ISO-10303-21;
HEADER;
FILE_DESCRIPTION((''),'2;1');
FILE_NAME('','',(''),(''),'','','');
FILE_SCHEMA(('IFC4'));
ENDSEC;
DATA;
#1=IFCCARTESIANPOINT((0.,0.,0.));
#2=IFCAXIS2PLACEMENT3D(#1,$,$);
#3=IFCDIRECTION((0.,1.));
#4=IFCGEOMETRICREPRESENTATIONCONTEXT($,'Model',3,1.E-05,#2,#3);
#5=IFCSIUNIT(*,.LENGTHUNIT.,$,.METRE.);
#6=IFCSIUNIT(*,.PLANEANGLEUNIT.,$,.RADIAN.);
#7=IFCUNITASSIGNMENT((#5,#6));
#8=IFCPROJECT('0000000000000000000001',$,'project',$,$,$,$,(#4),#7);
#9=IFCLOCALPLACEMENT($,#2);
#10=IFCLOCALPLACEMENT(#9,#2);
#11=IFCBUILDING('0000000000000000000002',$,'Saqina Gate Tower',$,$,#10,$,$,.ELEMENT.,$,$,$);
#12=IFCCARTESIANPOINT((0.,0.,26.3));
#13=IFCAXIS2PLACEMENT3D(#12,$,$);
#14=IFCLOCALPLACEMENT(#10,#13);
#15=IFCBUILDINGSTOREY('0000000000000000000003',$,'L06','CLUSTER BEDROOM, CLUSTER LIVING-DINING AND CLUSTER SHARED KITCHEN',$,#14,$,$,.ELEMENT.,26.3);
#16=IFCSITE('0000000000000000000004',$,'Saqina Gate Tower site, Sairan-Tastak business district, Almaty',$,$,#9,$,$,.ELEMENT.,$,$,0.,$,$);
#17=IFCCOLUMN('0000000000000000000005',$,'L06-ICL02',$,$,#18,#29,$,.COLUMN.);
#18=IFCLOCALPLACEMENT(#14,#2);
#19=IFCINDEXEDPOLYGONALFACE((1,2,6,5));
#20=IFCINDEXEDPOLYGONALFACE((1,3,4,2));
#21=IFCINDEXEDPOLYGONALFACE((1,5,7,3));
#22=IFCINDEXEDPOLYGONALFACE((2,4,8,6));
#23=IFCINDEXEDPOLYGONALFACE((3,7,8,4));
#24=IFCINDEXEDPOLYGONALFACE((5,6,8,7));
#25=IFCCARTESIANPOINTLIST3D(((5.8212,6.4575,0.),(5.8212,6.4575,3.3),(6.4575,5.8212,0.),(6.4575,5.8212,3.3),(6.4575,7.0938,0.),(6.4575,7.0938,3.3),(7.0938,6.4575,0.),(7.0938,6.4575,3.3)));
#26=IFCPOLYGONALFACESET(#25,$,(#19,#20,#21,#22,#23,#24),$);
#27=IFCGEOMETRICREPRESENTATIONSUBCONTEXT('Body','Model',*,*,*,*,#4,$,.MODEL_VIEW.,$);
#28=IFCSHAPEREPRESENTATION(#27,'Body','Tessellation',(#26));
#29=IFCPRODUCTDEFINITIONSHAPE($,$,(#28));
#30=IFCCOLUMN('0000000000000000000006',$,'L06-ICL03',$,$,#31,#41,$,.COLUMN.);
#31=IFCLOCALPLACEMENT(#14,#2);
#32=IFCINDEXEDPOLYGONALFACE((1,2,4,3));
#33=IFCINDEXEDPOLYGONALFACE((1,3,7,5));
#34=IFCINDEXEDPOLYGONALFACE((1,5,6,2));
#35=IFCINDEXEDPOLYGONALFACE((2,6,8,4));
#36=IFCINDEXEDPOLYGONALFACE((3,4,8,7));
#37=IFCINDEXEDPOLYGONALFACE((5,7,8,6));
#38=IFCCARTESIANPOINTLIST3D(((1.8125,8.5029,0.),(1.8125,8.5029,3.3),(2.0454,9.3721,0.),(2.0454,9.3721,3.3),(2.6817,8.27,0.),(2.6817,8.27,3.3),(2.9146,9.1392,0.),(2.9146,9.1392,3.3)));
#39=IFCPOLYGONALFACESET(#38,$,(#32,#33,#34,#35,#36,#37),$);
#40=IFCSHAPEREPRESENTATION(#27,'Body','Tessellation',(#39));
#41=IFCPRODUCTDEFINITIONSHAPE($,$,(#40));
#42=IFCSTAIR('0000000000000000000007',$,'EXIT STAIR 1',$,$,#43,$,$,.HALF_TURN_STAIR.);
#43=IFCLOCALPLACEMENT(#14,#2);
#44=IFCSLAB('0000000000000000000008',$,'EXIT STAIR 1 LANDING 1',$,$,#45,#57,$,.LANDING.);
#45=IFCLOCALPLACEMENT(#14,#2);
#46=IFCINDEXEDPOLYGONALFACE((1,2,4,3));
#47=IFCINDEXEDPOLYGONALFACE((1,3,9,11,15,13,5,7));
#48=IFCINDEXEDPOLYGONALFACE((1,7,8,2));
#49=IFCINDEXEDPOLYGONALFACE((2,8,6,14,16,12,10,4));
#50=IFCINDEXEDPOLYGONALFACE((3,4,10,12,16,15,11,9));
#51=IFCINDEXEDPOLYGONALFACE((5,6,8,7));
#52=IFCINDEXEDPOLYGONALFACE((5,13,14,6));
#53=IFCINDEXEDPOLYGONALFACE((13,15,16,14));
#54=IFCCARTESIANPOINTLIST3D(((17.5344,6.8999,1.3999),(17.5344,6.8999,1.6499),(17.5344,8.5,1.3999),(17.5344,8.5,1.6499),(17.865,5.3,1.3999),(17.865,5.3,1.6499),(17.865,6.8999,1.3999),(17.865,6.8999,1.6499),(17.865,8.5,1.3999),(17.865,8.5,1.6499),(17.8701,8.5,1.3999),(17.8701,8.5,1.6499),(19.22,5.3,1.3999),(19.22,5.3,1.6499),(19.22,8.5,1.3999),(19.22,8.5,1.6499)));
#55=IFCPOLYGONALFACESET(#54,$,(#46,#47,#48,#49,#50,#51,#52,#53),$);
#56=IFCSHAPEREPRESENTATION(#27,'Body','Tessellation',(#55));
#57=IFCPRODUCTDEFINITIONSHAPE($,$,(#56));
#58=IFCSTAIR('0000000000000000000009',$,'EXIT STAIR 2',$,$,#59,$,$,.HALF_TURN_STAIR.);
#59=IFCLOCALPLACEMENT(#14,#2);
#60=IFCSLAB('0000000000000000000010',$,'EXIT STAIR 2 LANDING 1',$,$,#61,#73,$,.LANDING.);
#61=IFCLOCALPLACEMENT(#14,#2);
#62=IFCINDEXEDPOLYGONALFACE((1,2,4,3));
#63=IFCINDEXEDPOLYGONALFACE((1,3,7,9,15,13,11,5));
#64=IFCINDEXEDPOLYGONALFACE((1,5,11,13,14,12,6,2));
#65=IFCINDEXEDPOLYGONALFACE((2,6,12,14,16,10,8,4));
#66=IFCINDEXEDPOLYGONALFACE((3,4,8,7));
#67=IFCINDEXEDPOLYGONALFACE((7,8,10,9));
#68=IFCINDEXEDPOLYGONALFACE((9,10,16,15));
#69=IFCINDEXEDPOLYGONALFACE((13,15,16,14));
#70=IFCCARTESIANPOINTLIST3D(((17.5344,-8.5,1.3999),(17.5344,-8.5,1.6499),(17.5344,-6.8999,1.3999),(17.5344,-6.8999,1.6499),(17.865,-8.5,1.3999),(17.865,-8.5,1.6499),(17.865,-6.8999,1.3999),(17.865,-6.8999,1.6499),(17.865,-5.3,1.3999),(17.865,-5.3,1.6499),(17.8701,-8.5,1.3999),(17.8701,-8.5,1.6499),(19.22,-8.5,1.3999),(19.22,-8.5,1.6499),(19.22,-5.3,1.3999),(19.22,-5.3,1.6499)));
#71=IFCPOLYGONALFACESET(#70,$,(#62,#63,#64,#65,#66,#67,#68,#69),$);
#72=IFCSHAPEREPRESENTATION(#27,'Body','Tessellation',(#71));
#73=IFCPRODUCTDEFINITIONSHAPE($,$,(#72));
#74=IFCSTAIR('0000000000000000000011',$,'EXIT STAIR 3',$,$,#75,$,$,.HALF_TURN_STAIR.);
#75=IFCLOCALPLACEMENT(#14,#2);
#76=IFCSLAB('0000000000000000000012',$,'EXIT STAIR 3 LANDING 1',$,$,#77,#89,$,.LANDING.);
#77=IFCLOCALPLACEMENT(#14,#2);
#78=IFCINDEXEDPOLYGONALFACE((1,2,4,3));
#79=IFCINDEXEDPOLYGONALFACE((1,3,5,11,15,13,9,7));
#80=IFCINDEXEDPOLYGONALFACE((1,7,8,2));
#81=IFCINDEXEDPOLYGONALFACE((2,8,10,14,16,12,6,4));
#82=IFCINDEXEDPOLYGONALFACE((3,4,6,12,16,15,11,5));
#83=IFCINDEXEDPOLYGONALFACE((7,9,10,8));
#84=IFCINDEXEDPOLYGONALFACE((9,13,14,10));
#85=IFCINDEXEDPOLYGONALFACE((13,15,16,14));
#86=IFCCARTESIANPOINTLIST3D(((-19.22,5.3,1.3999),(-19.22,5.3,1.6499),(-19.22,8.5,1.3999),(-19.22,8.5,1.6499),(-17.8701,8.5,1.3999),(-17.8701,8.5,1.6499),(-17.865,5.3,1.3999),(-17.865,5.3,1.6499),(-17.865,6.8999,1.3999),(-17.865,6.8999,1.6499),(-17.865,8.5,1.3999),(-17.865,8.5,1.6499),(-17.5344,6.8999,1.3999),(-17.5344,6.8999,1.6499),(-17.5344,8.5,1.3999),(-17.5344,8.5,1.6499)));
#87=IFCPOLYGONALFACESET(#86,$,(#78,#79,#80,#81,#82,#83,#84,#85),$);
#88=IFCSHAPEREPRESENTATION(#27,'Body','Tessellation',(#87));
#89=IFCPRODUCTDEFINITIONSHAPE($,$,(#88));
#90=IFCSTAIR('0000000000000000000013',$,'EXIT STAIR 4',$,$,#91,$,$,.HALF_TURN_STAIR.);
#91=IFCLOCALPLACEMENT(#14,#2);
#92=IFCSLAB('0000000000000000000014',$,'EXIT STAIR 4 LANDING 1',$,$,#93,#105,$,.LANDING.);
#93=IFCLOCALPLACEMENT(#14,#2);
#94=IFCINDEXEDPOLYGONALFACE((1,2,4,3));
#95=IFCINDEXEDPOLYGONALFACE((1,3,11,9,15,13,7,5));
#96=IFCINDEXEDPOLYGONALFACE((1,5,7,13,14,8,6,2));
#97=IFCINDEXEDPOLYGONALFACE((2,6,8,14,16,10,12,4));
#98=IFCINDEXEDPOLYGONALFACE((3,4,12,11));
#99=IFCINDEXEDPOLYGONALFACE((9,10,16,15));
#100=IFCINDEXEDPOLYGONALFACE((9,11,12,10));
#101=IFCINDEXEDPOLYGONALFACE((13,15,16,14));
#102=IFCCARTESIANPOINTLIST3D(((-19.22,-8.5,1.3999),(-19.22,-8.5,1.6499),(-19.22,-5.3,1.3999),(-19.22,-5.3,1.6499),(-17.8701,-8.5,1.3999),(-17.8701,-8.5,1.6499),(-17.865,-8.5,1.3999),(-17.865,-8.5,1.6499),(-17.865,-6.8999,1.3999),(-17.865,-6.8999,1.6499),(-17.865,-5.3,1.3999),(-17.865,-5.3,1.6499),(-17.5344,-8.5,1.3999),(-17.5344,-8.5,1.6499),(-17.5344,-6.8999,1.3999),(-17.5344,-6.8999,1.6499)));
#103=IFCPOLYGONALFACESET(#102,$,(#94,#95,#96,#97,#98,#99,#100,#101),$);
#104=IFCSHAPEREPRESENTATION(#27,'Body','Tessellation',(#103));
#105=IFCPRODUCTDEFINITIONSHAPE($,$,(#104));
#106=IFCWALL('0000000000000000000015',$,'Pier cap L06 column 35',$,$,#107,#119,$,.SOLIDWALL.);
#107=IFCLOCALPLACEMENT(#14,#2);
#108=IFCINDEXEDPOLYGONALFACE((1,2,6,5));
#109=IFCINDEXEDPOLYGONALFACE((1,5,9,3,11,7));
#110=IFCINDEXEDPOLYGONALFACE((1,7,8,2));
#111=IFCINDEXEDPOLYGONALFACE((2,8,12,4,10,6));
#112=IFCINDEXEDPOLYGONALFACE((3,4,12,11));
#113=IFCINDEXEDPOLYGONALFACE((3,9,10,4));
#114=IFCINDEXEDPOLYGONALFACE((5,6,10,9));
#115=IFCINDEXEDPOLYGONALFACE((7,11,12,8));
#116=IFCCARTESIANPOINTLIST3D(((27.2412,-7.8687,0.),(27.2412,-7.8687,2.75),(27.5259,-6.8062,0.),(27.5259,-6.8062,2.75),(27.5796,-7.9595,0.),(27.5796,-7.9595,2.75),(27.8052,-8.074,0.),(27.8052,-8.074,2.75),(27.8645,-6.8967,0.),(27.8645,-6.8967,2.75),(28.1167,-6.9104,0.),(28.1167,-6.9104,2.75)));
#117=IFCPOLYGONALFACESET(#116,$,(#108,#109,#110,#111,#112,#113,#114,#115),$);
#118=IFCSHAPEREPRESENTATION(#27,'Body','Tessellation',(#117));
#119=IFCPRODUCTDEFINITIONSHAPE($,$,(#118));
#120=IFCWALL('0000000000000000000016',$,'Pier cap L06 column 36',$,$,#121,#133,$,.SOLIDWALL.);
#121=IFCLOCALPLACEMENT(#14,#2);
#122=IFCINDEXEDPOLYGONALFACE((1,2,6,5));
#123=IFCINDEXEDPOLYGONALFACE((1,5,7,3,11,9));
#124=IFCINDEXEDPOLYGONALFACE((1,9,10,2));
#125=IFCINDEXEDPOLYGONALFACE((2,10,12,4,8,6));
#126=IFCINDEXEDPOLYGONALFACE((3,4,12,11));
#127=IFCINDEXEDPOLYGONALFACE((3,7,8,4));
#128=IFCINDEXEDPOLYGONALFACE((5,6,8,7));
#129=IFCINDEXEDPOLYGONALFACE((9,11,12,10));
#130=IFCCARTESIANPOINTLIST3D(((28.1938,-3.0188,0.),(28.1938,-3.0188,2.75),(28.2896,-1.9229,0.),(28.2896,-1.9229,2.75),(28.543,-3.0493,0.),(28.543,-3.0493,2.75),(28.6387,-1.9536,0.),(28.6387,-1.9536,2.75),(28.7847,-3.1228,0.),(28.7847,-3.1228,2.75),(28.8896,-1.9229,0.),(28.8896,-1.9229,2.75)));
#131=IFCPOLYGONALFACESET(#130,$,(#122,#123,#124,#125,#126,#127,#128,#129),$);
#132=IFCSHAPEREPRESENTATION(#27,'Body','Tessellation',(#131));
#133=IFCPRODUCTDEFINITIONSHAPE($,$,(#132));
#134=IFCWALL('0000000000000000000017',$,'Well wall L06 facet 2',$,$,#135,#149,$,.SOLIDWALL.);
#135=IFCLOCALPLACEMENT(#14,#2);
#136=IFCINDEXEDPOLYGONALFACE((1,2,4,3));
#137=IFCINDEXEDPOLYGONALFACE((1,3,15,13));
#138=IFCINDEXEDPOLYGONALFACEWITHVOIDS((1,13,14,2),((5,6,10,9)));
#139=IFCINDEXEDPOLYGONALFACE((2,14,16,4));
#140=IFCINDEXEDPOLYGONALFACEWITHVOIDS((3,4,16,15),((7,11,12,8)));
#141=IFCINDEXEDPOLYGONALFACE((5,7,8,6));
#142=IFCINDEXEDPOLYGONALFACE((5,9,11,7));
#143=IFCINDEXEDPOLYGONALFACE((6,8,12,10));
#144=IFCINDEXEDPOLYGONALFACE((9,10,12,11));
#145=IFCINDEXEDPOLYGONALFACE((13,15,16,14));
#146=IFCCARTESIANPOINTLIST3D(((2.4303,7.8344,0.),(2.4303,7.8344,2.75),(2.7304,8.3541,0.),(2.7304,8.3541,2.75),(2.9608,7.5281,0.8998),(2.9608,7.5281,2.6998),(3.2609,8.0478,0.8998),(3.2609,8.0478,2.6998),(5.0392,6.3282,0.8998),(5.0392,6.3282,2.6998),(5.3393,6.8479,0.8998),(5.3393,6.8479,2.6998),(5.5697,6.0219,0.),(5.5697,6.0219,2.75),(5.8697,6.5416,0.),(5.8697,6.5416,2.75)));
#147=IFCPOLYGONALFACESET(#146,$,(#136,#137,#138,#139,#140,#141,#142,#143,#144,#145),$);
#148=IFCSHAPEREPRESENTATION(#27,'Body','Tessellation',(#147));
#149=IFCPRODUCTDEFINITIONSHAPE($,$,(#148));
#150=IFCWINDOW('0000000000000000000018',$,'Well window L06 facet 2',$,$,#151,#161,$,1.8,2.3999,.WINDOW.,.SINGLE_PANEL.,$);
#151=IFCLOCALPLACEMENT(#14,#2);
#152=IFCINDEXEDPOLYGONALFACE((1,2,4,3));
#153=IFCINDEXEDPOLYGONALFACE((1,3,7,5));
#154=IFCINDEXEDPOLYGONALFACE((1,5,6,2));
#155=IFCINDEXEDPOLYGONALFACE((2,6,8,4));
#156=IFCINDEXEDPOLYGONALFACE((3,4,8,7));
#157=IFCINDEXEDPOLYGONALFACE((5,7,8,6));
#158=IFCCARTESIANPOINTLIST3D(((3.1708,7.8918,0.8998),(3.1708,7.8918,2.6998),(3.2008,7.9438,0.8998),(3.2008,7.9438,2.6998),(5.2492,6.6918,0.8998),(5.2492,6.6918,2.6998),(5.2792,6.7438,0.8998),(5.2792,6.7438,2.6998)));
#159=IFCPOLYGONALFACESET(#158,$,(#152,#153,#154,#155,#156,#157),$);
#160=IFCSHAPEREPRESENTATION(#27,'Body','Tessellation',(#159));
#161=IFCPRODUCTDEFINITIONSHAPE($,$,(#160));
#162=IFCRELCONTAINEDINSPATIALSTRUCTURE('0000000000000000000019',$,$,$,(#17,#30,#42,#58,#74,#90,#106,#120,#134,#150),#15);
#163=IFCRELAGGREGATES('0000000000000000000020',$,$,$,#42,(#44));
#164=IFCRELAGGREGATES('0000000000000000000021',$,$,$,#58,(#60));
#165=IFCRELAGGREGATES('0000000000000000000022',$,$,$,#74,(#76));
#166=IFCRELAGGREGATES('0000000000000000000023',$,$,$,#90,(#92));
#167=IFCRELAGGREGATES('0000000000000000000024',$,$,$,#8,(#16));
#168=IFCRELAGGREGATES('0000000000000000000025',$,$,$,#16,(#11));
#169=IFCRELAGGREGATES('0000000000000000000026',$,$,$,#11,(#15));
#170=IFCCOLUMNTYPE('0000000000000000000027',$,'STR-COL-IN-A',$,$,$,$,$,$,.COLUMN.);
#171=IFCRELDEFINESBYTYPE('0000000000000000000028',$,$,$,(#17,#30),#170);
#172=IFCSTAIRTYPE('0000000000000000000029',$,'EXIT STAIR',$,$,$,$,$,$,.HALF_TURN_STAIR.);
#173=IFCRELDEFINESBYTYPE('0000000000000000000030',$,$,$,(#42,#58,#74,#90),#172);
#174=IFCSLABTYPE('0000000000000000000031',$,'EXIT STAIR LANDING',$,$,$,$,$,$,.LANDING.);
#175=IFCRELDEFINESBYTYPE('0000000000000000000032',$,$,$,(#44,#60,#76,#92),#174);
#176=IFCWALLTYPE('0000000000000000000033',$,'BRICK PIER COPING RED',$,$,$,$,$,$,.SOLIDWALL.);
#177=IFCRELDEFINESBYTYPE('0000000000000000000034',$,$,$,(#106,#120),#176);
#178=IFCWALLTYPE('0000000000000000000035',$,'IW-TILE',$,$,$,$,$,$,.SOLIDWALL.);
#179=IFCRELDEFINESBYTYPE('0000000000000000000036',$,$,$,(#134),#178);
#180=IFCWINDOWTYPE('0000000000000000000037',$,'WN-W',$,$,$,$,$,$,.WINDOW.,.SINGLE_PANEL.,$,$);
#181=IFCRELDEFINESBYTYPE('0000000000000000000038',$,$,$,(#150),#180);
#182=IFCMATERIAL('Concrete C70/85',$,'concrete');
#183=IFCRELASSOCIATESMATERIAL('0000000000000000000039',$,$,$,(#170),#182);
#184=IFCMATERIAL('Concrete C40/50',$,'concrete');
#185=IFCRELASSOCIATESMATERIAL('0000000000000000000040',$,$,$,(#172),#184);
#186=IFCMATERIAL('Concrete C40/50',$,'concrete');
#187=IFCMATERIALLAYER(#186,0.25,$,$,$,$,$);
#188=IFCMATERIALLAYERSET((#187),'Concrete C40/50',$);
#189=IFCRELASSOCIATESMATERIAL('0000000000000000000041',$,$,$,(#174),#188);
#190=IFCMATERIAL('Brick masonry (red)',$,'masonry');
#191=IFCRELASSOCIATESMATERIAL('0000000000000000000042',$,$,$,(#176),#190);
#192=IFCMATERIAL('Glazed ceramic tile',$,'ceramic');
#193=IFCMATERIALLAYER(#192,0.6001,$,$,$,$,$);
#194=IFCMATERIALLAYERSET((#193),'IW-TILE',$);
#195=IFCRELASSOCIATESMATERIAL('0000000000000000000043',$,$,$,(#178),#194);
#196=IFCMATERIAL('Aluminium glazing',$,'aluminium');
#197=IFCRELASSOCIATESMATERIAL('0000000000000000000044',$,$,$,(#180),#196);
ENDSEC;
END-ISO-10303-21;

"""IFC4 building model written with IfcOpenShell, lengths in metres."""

from ifc_helpers import new_model, si_unit, direction, frame, frame_2d, origin, origin_2d, place, context, subcontext, project, spatial, polyline, rectangle, outline, extrude, material, layer, layer_set, material_profile, profile_set, type_object, element, fill, aggregate, save


model = new_model("IFC4")

# Units and contexts
model_context = context("Model", 3, precision=1e-05, world=origin(), true_north=direction((0.0, 1.0)))
body_context = subcontext(model_context, "Body", "Model", "MODEL_VIEW")
ifc_project = project(units=[si_unit("LENGTHUNIT", "METRE"), si_unit("PLANEANGLEUNIT", "RADIAN")], contexts=[model_context])

# Site, building, storey
site_placement = place(None, origin())
site = spatial("IfcSite", under=ifc_project, at=site_placement, Name="Saqina Gate Tower site, Sairan-Tastak business district, Almaty", CompositionType="ELEMENT", RefElevation=0.0)
building_placement = place(site_placement, origin())
building = spatial("IfcBuilding", under=site, at=building_placement, Name="Saqina Gate Tower", CompositionType="ELEMENT")
storey_placement = place(building_placement, frame((0.0, 0.0, 26.3)))
storey = spatial("IfcBuildingStorey", under=building, at=storey_placement, Name="L06", Description="CLUSTER BEDROOM, CLUSTER LIVING-DINING AND CLUSTER SHARED KITCHEN", CompositionType="ELEMENT", Elevation=26.3)

# Columns
ifc_material_1 = material(Name="Concrete C70/85", Category="concrete")
ifc_material_profile = material_profile(ifc_material_1, rectangle(XDim=0.8999, YDim=0.8999, at=origin_2d()), Name="RC 900x900")
ifc_profile_set = profile_set([ifc_material_profile], Name="Concrete C70/85")
column_type = type_object("IfcColumnType", Name="STR-COL-IN-A", PredefinedType="COLUMN", material=ifc_profile_set)
for number, where, z_axis, x_axis, name in (
    (1, (6.4575, 6.4575, 0.0), (0.0, 0.0, 1.0), (0.707107, 0.707107, 0.0), "L06-ICL02"),
    (2, (2.3635, 8.821, 0.0), (0.0, 0.0, 1.0), (0.258819, 0.965926, 0.0), "L06-ICL03"),
):
    element("IfcColumn", number, at=place(storey_placement, frame(where, z_axis=z_axis, x_axis=x_axis)), inside=storey, type_object=column_type, Name=name, PredefinedType="COLUMN", context=body_context, shape_type="SweptSolid", body=[
        extrude(rectangle(XDim=0.8999, YDim=0.8999, at=origin_2d()), origin(), (0.0, 0.0, 1.0), 3.3),
    ])

# Stairs, slabs
ifc_material_2 = material(Name="Concrete C40/50", Category="concrete")
stair_type = type_object("IfcStairType", Name="EXIT STAIR", PredefinedType="HALF_TURN_STAIR", material=ifc_material_2)
stair_1_placement = place(storey_placement, origin())
stair_1 = element("IfcStair", 3, at=stair_1_placement, inside=storey, type_object=stair_type, Name="EXIT STAIR 1", PredefinedType="HALF_TURN_STAIR")
ifc_material_3 = material(Name="Concrete C40/50", Category="concrete")
ifc_layer_1 = layer(ifc_material_3, 0.25)
ifc_layer_set_1 = layer_set([ifc_layer_1], Name="Concrete C40/50")
slab_type = type_object("IfcSlabType", Name="EXIT STAIR LANDING", PredefinedType="LANDING", material=ifc_layer_set_1)
slab_1_placement = place(storey_placement, frame((0.0, 0.0, 1.3999)))
slab_1 = element("IfcSlab", 4, at=slab_1_placement, type_object=slab_type, Name="EXIT STAIR 1 LANDING 1", PredefinedType="LANDING", context=body_context, shape_type="SweptSolid", body=[
    extrude(outline(polyline([(19.22, 8.5), (19.22, 5.3), (17.865, 5.3), (17.865, 6.8999), (17.5344, 6.8999), (17.5344, 8.5), (17.865, 8.5), (17.8701, 8.5), (19.22, 8.5)])), origin(), (0.0, 0.0, 1.0), 0.25),
])
aggregate(stair_1, [slab_1])
stair_2_placement = place(storey_placement, origin())
stair_2 = element("IfcStair", 5, at=stair_2_placement, inside=storey, type_object=stair_type, Name="EXIT STAIR 2", PredefinedType="HALF_TURN_STAIR")
slab_2_placement = place(storey_placement, frame((0.0, 0.0, 1.3999)))
slab_2 = element("IfcSlab", 6, at=slab_2_placement, type_object=slab_type, Name="EXIT STAIR 2 LANDING 1", PredefinedType="LANDING", context=body_context, shape_type="SweptSolid", body=[
    extrude(outline(polyline([(17.5344, -8.5), (17.5344, -6.8999), (17.865, -6.8999), (17.865, -5.3), (19.22, -5.3), (19.22, -8.5), (17.8701, -8.5), (17.865, -8.5), (17.5344, -8.5)])), origin(), (0.0, 0.0, 1.0), 0.25),
])
aggregate(stair_2, [slab_2])
stair_3_placement = place(storey_placement, origin())
stair_3 = element("IfcStair", 7, at=stair_3_placement, inside=storey, type_object=stair_type, Name="EXIT STAIR 3", PredefinedType="HALF_TURN_STAIR")
slab_3_placement = place(storey_placement, frame((0.0, 0.0, 1.3999)))
slab_3 = element("IfcSlab", 8, at=slab_3_placement, type_object=slab_type, Name="EXIT STAIR 3 LANDING 1", PredefinedType="LANDING", context=body_context, shape_type="SweptSolid", body=[
    extrude(outline(polyline([(-17.865, 5.3), (-19.22, 5.3), (-19.22, 8.5), (-17.8701, 8.5), (-17.865, 8.5), (-17.5344, 8.5), (-17.5344, 6.8999), (-17.865, 6.8999), (-17.865, 5.3)])), origin(), (0.0, 0.0, 1.0), 0.25),
])
aggregate(stair_3, [slab_3])
stair_4_placement = place(storey_placement, origin())
stair_4 = element("IfcStair", 9, at=stair_4_placement, inside=storey, type_object=stair_type, Name="EXIT STAIR 4", PredefinedType="HALF_TURN_STAIR")
slab_4_placement = place(storey_placement, frame((0.0, 0.0, 1.3999)))
slab_4 = element("IfcSlab", 10, at=slab_4_placement, type_object=slab_type, Name="EXIT STAIR 4 LANDING 1", PredefinedType="LANDING", context=body_context, shape_type="SweptSolid", body=[
    extrude(outline(polyline([(-17.5344, -6.8999), (-17.5344, -8.5), (-17.865, -8.5), (-17.8701, -8.5), (-19.22, -8.5), (-19.22, -5.3), (-17.865, -5.3), (-17.865, -6.8999), (-17.5344, -6.8999)])), origin(), (0.0, 0.0, 1.0), 0.25),
])
aggregate(stair_4, [slab_4])

# Walls
ifc_material_4 = material(Name="Brick masonry (red)", Category="masonry")
wall_type_1 = type_object("IfcWallType", Name="BRICK PIER COPING RED", PredefinedType="SOLIDWALL", material=ifc_material_4)
wall_1_placement = place(storey_placement, origin())
element("IfcWall", 11, at=wall_1_placement, inside=storey, type_object=wall_type_1, Name="Pier cap L06 column 35", PredefinedType="SOLIDWALL", context=body_context, shape_type="SweptSolid", body=[
    extrude(outline(polyline([(28.1167, -6.9104), (27.5259, -6.8062), (27.8645, -6.8967), (27.5796, -7.9595), (27.2412, -7.8687), (27.8052, -8.074), (28.1167, -6.9104)])), origin(), (0.0, 0.0, 1.0), 2.75),
])
wall_2_placement = place(storey_placement, origin())
element("IfcWall", 12, at=wall_2_placement, inside=storey, type_object=wall_type_1, Name="Pier cap L06 column 36", PredefinedType="SOLIDWALL", context=body_context, shape_type="SweptSolid", body=[
    extrude(outline(polyline([(28.7847, -3.1228), (28.8896, -1.9229), (28.2896, -1.9229), (28.6387, -1.9536), (28.543, -3.0493), (28.1938, -3.0188), (28.7847, -3.1228)])), origin(), (0.0, 0.0, 1.0), 2.75),
])

# Wall, opening, window
ifc_material_5 = material(Name="Glazed ceramic tile", Category="ceramic")
ifc_layer_2 = layer(ifc_material_5, 0.6001)
ifc_layer_set_2 = layer_set([ifc_layer_2], Name="IW-TILE")
wall_type_2 = type_object("IfcWallType", Name="IW-TILE", PredefinedType="SOLIDWALL", material=ifc_layer_set_2)
wall_3_placement = place(storey_placement, frame((5.7197, 6.2817, 0.0), z_axis=(0.0, 0.0, 1.0), x_axis=(-0.86603, 0.499993, 0.0)))
wall_3 = element("IfcWall", 13, at=wall_3_placement, inside=storey, type_object=wall_type_2, Name="Well wall L06 facet 2", PredefinedType="SOLIDWALL", context=body_context, shape_type="SweptSolid", body=[
    extrude(rectangle(XDim=3.625, YDim=0.6001, at=frame_2d((1.8125, 0.0))), origin(), (0.0, 0.0, 1.0), 2.75),
])
opening_1_placement = place(wall_3_placement, frame((0.6125, 0.0, 0.8999)))
opening_1 = element("IfcOpeningElement", 14, at=opening_1_placement, cuts=wall_3, PredefinedType="OPENING", context=body_context, shape_type="SweptSolid", body=[
    extrude(rectangle(XDim=2.3999, YDim=1.8, at=frame_2d((1.2, 0.8999))), frame((0.0, 0.312, 0.0), z_axis=(0.0, -1.0, 0.0), x_axis=(1.0, 0.0, 0.0)), (0.0, 0.0, 1.0), 0.624),
])
ifc_material_6 = material(Name="Aluminium glazing", Category="aluminium")
window_type = type_object("IfcWindowType", Name="WN-W", PartitioningType="SINGLE_PANEL", PredefinedType="WINDOW", material=ifc_material_6)
window_1_placement = place(opening_1_placement, origin())
window_1 = element("IfcWindow", 15, at=window_1_placement, inside=storey, type_object=window_type, Name="Well window L06 facet 2", OverallHeight=1.8, OverallWidth=2.3999, PartitioningType="SINGLE_PANEL", PredefinedType="WINDOW", context=body_context, shape_type="SweptSolid", body=[
    extrude(rectangle(XDim=2.3999, YDim=1.8, at=frame_2d((1.2, 0.8999))), frame((0.0, -0.1199, 0.0), z_axis=(0.0, -1.0, 0.0), x_axis=(1.0, 0.0, 0.0)), (0.0, 0.0, 1.0), 0.0601),
])
fill(opening_1, window_1)

save(model, "model.ifc")
